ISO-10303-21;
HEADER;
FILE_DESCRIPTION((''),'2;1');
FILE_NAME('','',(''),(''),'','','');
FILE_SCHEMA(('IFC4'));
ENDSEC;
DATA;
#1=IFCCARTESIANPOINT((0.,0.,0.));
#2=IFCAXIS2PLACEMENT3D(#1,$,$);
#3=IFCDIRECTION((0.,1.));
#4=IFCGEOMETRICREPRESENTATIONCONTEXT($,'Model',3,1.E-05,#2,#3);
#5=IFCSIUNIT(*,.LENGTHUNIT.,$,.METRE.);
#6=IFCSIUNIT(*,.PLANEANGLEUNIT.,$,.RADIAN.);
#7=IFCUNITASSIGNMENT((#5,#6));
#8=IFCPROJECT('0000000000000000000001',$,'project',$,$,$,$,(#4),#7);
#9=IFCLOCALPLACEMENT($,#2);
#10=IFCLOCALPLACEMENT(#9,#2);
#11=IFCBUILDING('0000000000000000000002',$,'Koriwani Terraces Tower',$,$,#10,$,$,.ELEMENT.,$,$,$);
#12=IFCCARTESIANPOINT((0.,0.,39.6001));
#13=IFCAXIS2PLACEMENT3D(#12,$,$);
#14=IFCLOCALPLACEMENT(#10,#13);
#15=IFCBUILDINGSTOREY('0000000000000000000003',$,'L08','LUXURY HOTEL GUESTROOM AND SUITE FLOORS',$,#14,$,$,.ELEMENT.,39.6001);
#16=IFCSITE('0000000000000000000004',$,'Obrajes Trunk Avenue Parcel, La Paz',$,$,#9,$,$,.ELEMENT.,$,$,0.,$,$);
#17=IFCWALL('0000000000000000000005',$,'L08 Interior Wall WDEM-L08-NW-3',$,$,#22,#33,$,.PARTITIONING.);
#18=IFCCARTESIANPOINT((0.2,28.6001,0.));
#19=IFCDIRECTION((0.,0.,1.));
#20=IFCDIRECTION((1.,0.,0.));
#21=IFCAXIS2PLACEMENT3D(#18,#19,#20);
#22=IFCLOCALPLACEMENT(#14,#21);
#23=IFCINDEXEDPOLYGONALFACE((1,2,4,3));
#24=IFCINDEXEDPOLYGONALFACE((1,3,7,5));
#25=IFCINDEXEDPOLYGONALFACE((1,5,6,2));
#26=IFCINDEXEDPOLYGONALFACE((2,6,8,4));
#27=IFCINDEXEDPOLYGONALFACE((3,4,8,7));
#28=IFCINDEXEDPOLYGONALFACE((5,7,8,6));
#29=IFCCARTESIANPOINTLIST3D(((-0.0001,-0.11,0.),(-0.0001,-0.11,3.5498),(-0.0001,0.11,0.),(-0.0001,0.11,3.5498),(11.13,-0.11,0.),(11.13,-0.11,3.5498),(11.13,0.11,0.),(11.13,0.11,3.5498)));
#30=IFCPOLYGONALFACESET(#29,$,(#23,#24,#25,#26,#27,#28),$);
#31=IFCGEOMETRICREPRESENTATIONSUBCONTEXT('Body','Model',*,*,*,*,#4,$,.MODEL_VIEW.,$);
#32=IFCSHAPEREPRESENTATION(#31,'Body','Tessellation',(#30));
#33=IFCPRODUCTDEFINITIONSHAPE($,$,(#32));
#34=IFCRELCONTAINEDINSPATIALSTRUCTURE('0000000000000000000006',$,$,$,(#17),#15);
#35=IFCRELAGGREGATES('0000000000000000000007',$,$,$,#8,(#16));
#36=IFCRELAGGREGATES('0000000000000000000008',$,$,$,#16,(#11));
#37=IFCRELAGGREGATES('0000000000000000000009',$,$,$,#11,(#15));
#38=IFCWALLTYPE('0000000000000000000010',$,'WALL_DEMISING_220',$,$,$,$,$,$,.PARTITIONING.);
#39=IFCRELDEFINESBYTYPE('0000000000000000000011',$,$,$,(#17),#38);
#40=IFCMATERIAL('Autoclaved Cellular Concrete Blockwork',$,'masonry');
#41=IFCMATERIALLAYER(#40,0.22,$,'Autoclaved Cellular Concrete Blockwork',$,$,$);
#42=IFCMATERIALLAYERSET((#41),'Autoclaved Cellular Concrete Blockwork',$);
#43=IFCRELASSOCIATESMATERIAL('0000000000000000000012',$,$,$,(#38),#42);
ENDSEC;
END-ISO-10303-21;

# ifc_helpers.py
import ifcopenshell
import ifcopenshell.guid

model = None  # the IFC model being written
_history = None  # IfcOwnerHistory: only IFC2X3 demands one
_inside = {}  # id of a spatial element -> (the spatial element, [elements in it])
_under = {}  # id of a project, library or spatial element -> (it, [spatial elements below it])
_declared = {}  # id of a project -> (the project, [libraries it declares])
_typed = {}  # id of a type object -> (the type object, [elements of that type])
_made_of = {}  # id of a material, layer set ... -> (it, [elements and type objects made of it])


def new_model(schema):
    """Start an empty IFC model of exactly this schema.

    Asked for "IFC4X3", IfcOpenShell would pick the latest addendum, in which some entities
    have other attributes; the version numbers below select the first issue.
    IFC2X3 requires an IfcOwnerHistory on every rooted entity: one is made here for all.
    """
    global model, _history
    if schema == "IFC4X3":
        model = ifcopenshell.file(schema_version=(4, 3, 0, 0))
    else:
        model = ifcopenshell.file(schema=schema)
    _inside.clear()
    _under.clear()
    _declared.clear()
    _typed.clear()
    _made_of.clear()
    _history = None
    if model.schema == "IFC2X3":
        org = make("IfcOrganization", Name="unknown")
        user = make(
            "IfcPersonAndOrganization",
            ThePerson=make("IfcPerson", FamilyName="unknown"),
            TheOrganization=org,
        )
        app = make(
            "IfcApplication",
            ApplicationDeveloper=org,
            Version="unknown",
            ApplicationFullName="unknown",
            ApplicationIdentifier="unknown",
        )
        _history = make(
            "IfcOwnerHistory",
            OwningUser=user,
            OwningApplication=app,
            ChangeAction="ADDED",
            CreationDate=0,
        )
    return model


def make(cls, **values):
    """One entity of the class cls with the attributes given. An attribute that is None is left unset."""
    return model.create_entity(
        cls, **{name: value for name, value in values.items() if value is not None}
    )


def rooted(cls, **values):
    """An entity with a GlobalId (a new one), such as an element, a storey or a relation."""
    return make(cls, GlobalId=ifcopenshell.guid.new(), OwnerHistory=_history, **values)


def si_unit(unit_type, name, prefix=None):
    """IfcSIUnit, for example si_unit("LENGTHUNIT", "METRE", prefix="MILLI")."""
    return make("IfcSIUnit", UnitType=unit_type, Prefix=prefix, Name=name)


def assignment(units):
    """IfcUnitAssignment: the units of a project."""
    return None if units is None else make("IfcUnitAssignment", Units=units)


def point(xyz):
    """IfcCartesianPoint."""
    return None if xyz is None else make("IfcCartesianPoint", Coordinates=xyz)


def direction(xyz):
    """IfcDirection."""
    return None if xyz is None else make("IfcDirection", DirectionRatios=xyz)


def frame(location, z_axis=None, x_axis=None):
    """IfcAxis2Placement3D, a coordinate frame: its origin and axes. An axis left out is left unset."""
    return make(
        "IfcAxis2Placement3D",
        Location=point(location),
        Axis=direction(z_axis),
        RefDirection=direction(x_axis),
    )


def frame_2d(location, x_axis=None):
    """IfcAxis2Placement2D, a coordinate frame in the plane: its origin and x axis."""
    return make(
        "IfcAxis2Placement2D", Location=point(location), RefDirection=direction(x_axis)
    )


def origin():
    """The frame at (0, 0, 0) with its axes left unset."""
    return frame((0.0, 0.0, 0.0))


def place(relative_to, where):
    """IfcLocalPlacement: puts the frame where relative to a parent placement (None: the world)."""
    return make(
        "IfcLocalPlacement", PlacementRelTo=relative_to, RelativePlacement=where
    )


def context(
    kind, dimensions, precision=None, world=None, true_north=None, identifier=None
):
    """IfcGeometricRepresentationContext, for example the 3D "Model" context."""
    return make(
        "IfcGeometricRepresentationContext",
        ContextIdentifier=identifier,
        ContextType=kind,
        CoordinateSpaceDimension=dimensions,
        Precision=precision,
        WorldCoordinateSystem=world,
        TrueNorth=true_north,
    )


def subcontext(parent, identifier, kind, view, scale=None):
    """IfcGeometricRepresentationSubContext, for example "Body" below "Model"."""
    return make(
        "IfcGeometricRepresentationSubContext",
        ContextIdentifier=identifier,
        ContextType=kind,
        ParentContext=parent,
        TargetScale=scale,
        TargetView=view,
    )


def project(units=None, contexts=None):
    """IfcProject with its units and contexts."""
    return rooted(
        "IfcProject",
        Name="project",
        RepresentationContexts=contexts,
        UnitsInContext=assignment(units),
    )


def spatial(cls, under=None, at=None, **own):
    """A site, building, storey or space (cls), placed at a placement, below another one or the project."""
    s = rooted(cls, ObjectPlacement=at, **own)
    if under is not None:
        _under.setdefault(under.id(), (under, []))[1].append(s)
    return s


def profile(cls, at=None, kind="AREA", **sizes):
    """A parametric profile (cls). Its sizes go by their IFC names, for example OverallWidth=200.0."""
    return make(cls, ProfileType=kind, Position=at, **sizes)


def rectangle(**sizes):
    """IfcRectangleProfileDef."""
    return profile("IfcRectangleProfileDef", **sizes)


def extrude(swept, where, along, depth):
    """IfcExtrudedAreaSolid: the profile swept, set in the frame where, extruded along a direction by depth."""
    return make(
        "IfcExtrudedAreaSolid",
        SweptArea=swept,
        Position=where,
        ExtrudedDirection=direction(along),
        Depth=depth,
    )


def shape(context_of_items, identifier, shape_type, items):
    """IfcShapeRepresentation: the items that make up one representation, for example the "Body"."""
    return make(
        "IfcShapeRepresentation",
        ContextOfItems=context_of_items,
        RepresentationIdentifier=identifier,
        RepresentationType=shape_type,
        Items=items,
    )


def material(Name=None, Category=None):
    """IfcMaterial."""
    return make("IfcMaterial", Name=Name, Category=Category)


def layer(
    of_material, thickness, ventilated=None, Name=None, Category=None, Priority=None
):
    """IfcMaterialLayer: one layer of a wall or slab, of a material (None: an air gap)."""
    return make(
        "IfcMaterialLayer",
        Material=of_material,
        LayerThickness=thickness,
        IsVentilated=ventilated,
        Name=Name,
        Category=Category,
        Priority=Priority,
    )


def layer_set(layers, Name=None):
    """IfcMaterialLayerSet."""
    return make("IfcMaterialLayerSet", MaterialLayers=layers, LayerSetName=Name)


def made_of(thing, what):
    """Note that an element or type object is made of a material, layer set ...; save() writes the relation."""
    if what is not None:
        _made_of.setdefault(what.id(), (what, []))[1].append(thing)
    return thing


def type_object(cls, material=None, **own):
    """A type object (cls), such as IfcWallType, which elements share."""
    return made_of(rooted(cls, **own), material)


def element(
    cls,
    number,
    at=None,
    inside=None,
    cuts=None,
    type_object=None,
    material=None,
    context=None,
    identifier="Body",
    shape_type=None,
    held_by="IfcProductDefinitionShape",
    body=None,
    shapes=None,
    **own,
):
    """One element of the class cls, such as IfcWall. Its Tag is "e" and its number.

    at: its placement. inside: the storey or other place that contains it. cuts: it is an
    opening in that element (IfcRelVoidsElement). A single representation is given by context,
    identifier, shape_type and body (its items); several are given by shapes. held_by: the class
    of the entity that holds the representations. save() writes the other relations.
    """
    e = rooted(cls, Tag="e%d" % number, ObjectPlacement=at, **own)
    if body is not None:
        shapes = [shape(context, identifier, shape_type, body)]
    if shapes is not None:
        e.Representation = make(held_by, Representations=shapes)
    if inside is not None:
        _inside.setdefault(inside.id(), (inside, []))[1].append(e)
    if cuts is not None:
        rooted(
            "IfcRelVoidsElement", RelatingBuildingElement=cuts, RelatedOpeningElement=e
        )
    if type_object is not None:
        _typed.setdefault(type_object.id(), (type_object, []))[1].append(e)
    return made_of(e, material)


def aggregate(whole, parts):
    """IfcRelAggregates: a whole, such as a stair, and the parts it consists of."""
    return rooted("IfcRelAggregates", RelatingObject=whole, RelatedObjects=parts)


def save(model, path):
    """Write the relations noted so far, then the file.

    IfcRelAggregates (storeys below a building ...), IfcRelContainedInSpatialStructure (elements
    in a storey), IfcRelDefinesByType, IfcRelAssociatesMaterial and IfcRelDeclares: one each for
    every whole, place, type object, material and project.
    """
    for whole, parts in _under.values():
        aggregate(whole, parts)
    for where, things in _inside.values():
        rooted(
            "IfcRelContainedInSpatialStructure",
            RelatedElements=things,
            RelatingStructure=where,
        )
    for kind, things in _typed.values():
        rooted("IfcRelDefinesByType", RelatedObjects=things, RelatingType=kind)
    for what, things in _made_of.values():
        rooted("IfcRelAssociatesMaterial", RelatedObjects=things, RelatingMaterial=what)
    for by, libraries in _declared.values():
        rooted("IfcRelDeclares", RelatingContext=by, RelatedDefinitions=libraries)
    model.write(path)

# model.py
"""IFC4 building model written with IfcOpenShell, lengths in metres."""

from ifc_helpers import new_model, si_unit, direction, frame, frame_2d, origin, place, context, subcontext, project, spatial, rectangle, extrude, material, layer, layer_set, type_object, element, save


model = new_model("IFC4")

# Units and contexts
model_context = context("Model", 3, precision=1e-05, world=origin(), true_north=direction((0.0, 1.0)))
body_context = subcontext(model_context, "Body", "Model", "MODEL_VIEW")
ifc_project = project(units=[si_unit("LENGTHUNIT", "METRE"), si_unit("PLANEANGLEUNIT", "RADIAN")], contexts=[model_context])

# Site, building, storey
site_placement = place(None, origin())
site = spatial("IfcSite", under=ifc_project, at=site_placement, Name="Obrajes Trunk Avenue Parcel, La Paz", CompositionType="ELEMENT", RefElevation=0.0)
building_placement = place(site_placement, origin())
building = spatial("IfcBuilding", under=site, at=building_placement, Name="Koriwani Terraces Tower", CompositionType="ELEMENT")
storey_placement = place(building_placement, frame((0.0, 0.0, 39.6001)))
storey = spatial("IfcBuildingStorey", under=building, at=storey_placement, Name="L08", Description="LUXURY HOTEL GUESTROOM AND SUITE FLOORS", CompositionType="ELEMENT", Elevation=39.6001)

# Shared definitions
ifc_material_1 = material(Name="Autoclaved Cellular Concrete Blockwork", Category="masonry")

# Wall
ifc_layer_1 = layer(ifc_material_1, 0.22, Name="Autoclaved Cellular Concrete Blockwork")
ifc_layer_set_1 = layer_set([ifc_layer_1], Name="Autoclaved Cellular Concrete Blockwork")
wall_type_1 = type_object("IfcWallType", Name="WALL_DEMISING_220", PredefinedType="PARTITIONING", material=ifc_layer_set_1)
wall_1_placement = place(storey_placement, frame((0.2, 28.6001, 0.0), z_axis=(0.0, 0.0, 1.0), x_axis=(1.0, 0.0, 0.0)))
element("IfcWall", 1, at=wall_1_placement, inside=storey, type_object=wall_type_1, Name="L08 Interior Wall WDEM-L08-NW-3", PredefinedType="PARTITIONING", context=body_context, shape_type="SweptSolid", body=[
    extrude(rectangle(XDim=11.1301, YDim=0.22, at=frame_2d((5.5649, 0.0))), origin(), (0.0, 0.0, 1.0), 3.5498),
])

save(model, "model.ifc")
